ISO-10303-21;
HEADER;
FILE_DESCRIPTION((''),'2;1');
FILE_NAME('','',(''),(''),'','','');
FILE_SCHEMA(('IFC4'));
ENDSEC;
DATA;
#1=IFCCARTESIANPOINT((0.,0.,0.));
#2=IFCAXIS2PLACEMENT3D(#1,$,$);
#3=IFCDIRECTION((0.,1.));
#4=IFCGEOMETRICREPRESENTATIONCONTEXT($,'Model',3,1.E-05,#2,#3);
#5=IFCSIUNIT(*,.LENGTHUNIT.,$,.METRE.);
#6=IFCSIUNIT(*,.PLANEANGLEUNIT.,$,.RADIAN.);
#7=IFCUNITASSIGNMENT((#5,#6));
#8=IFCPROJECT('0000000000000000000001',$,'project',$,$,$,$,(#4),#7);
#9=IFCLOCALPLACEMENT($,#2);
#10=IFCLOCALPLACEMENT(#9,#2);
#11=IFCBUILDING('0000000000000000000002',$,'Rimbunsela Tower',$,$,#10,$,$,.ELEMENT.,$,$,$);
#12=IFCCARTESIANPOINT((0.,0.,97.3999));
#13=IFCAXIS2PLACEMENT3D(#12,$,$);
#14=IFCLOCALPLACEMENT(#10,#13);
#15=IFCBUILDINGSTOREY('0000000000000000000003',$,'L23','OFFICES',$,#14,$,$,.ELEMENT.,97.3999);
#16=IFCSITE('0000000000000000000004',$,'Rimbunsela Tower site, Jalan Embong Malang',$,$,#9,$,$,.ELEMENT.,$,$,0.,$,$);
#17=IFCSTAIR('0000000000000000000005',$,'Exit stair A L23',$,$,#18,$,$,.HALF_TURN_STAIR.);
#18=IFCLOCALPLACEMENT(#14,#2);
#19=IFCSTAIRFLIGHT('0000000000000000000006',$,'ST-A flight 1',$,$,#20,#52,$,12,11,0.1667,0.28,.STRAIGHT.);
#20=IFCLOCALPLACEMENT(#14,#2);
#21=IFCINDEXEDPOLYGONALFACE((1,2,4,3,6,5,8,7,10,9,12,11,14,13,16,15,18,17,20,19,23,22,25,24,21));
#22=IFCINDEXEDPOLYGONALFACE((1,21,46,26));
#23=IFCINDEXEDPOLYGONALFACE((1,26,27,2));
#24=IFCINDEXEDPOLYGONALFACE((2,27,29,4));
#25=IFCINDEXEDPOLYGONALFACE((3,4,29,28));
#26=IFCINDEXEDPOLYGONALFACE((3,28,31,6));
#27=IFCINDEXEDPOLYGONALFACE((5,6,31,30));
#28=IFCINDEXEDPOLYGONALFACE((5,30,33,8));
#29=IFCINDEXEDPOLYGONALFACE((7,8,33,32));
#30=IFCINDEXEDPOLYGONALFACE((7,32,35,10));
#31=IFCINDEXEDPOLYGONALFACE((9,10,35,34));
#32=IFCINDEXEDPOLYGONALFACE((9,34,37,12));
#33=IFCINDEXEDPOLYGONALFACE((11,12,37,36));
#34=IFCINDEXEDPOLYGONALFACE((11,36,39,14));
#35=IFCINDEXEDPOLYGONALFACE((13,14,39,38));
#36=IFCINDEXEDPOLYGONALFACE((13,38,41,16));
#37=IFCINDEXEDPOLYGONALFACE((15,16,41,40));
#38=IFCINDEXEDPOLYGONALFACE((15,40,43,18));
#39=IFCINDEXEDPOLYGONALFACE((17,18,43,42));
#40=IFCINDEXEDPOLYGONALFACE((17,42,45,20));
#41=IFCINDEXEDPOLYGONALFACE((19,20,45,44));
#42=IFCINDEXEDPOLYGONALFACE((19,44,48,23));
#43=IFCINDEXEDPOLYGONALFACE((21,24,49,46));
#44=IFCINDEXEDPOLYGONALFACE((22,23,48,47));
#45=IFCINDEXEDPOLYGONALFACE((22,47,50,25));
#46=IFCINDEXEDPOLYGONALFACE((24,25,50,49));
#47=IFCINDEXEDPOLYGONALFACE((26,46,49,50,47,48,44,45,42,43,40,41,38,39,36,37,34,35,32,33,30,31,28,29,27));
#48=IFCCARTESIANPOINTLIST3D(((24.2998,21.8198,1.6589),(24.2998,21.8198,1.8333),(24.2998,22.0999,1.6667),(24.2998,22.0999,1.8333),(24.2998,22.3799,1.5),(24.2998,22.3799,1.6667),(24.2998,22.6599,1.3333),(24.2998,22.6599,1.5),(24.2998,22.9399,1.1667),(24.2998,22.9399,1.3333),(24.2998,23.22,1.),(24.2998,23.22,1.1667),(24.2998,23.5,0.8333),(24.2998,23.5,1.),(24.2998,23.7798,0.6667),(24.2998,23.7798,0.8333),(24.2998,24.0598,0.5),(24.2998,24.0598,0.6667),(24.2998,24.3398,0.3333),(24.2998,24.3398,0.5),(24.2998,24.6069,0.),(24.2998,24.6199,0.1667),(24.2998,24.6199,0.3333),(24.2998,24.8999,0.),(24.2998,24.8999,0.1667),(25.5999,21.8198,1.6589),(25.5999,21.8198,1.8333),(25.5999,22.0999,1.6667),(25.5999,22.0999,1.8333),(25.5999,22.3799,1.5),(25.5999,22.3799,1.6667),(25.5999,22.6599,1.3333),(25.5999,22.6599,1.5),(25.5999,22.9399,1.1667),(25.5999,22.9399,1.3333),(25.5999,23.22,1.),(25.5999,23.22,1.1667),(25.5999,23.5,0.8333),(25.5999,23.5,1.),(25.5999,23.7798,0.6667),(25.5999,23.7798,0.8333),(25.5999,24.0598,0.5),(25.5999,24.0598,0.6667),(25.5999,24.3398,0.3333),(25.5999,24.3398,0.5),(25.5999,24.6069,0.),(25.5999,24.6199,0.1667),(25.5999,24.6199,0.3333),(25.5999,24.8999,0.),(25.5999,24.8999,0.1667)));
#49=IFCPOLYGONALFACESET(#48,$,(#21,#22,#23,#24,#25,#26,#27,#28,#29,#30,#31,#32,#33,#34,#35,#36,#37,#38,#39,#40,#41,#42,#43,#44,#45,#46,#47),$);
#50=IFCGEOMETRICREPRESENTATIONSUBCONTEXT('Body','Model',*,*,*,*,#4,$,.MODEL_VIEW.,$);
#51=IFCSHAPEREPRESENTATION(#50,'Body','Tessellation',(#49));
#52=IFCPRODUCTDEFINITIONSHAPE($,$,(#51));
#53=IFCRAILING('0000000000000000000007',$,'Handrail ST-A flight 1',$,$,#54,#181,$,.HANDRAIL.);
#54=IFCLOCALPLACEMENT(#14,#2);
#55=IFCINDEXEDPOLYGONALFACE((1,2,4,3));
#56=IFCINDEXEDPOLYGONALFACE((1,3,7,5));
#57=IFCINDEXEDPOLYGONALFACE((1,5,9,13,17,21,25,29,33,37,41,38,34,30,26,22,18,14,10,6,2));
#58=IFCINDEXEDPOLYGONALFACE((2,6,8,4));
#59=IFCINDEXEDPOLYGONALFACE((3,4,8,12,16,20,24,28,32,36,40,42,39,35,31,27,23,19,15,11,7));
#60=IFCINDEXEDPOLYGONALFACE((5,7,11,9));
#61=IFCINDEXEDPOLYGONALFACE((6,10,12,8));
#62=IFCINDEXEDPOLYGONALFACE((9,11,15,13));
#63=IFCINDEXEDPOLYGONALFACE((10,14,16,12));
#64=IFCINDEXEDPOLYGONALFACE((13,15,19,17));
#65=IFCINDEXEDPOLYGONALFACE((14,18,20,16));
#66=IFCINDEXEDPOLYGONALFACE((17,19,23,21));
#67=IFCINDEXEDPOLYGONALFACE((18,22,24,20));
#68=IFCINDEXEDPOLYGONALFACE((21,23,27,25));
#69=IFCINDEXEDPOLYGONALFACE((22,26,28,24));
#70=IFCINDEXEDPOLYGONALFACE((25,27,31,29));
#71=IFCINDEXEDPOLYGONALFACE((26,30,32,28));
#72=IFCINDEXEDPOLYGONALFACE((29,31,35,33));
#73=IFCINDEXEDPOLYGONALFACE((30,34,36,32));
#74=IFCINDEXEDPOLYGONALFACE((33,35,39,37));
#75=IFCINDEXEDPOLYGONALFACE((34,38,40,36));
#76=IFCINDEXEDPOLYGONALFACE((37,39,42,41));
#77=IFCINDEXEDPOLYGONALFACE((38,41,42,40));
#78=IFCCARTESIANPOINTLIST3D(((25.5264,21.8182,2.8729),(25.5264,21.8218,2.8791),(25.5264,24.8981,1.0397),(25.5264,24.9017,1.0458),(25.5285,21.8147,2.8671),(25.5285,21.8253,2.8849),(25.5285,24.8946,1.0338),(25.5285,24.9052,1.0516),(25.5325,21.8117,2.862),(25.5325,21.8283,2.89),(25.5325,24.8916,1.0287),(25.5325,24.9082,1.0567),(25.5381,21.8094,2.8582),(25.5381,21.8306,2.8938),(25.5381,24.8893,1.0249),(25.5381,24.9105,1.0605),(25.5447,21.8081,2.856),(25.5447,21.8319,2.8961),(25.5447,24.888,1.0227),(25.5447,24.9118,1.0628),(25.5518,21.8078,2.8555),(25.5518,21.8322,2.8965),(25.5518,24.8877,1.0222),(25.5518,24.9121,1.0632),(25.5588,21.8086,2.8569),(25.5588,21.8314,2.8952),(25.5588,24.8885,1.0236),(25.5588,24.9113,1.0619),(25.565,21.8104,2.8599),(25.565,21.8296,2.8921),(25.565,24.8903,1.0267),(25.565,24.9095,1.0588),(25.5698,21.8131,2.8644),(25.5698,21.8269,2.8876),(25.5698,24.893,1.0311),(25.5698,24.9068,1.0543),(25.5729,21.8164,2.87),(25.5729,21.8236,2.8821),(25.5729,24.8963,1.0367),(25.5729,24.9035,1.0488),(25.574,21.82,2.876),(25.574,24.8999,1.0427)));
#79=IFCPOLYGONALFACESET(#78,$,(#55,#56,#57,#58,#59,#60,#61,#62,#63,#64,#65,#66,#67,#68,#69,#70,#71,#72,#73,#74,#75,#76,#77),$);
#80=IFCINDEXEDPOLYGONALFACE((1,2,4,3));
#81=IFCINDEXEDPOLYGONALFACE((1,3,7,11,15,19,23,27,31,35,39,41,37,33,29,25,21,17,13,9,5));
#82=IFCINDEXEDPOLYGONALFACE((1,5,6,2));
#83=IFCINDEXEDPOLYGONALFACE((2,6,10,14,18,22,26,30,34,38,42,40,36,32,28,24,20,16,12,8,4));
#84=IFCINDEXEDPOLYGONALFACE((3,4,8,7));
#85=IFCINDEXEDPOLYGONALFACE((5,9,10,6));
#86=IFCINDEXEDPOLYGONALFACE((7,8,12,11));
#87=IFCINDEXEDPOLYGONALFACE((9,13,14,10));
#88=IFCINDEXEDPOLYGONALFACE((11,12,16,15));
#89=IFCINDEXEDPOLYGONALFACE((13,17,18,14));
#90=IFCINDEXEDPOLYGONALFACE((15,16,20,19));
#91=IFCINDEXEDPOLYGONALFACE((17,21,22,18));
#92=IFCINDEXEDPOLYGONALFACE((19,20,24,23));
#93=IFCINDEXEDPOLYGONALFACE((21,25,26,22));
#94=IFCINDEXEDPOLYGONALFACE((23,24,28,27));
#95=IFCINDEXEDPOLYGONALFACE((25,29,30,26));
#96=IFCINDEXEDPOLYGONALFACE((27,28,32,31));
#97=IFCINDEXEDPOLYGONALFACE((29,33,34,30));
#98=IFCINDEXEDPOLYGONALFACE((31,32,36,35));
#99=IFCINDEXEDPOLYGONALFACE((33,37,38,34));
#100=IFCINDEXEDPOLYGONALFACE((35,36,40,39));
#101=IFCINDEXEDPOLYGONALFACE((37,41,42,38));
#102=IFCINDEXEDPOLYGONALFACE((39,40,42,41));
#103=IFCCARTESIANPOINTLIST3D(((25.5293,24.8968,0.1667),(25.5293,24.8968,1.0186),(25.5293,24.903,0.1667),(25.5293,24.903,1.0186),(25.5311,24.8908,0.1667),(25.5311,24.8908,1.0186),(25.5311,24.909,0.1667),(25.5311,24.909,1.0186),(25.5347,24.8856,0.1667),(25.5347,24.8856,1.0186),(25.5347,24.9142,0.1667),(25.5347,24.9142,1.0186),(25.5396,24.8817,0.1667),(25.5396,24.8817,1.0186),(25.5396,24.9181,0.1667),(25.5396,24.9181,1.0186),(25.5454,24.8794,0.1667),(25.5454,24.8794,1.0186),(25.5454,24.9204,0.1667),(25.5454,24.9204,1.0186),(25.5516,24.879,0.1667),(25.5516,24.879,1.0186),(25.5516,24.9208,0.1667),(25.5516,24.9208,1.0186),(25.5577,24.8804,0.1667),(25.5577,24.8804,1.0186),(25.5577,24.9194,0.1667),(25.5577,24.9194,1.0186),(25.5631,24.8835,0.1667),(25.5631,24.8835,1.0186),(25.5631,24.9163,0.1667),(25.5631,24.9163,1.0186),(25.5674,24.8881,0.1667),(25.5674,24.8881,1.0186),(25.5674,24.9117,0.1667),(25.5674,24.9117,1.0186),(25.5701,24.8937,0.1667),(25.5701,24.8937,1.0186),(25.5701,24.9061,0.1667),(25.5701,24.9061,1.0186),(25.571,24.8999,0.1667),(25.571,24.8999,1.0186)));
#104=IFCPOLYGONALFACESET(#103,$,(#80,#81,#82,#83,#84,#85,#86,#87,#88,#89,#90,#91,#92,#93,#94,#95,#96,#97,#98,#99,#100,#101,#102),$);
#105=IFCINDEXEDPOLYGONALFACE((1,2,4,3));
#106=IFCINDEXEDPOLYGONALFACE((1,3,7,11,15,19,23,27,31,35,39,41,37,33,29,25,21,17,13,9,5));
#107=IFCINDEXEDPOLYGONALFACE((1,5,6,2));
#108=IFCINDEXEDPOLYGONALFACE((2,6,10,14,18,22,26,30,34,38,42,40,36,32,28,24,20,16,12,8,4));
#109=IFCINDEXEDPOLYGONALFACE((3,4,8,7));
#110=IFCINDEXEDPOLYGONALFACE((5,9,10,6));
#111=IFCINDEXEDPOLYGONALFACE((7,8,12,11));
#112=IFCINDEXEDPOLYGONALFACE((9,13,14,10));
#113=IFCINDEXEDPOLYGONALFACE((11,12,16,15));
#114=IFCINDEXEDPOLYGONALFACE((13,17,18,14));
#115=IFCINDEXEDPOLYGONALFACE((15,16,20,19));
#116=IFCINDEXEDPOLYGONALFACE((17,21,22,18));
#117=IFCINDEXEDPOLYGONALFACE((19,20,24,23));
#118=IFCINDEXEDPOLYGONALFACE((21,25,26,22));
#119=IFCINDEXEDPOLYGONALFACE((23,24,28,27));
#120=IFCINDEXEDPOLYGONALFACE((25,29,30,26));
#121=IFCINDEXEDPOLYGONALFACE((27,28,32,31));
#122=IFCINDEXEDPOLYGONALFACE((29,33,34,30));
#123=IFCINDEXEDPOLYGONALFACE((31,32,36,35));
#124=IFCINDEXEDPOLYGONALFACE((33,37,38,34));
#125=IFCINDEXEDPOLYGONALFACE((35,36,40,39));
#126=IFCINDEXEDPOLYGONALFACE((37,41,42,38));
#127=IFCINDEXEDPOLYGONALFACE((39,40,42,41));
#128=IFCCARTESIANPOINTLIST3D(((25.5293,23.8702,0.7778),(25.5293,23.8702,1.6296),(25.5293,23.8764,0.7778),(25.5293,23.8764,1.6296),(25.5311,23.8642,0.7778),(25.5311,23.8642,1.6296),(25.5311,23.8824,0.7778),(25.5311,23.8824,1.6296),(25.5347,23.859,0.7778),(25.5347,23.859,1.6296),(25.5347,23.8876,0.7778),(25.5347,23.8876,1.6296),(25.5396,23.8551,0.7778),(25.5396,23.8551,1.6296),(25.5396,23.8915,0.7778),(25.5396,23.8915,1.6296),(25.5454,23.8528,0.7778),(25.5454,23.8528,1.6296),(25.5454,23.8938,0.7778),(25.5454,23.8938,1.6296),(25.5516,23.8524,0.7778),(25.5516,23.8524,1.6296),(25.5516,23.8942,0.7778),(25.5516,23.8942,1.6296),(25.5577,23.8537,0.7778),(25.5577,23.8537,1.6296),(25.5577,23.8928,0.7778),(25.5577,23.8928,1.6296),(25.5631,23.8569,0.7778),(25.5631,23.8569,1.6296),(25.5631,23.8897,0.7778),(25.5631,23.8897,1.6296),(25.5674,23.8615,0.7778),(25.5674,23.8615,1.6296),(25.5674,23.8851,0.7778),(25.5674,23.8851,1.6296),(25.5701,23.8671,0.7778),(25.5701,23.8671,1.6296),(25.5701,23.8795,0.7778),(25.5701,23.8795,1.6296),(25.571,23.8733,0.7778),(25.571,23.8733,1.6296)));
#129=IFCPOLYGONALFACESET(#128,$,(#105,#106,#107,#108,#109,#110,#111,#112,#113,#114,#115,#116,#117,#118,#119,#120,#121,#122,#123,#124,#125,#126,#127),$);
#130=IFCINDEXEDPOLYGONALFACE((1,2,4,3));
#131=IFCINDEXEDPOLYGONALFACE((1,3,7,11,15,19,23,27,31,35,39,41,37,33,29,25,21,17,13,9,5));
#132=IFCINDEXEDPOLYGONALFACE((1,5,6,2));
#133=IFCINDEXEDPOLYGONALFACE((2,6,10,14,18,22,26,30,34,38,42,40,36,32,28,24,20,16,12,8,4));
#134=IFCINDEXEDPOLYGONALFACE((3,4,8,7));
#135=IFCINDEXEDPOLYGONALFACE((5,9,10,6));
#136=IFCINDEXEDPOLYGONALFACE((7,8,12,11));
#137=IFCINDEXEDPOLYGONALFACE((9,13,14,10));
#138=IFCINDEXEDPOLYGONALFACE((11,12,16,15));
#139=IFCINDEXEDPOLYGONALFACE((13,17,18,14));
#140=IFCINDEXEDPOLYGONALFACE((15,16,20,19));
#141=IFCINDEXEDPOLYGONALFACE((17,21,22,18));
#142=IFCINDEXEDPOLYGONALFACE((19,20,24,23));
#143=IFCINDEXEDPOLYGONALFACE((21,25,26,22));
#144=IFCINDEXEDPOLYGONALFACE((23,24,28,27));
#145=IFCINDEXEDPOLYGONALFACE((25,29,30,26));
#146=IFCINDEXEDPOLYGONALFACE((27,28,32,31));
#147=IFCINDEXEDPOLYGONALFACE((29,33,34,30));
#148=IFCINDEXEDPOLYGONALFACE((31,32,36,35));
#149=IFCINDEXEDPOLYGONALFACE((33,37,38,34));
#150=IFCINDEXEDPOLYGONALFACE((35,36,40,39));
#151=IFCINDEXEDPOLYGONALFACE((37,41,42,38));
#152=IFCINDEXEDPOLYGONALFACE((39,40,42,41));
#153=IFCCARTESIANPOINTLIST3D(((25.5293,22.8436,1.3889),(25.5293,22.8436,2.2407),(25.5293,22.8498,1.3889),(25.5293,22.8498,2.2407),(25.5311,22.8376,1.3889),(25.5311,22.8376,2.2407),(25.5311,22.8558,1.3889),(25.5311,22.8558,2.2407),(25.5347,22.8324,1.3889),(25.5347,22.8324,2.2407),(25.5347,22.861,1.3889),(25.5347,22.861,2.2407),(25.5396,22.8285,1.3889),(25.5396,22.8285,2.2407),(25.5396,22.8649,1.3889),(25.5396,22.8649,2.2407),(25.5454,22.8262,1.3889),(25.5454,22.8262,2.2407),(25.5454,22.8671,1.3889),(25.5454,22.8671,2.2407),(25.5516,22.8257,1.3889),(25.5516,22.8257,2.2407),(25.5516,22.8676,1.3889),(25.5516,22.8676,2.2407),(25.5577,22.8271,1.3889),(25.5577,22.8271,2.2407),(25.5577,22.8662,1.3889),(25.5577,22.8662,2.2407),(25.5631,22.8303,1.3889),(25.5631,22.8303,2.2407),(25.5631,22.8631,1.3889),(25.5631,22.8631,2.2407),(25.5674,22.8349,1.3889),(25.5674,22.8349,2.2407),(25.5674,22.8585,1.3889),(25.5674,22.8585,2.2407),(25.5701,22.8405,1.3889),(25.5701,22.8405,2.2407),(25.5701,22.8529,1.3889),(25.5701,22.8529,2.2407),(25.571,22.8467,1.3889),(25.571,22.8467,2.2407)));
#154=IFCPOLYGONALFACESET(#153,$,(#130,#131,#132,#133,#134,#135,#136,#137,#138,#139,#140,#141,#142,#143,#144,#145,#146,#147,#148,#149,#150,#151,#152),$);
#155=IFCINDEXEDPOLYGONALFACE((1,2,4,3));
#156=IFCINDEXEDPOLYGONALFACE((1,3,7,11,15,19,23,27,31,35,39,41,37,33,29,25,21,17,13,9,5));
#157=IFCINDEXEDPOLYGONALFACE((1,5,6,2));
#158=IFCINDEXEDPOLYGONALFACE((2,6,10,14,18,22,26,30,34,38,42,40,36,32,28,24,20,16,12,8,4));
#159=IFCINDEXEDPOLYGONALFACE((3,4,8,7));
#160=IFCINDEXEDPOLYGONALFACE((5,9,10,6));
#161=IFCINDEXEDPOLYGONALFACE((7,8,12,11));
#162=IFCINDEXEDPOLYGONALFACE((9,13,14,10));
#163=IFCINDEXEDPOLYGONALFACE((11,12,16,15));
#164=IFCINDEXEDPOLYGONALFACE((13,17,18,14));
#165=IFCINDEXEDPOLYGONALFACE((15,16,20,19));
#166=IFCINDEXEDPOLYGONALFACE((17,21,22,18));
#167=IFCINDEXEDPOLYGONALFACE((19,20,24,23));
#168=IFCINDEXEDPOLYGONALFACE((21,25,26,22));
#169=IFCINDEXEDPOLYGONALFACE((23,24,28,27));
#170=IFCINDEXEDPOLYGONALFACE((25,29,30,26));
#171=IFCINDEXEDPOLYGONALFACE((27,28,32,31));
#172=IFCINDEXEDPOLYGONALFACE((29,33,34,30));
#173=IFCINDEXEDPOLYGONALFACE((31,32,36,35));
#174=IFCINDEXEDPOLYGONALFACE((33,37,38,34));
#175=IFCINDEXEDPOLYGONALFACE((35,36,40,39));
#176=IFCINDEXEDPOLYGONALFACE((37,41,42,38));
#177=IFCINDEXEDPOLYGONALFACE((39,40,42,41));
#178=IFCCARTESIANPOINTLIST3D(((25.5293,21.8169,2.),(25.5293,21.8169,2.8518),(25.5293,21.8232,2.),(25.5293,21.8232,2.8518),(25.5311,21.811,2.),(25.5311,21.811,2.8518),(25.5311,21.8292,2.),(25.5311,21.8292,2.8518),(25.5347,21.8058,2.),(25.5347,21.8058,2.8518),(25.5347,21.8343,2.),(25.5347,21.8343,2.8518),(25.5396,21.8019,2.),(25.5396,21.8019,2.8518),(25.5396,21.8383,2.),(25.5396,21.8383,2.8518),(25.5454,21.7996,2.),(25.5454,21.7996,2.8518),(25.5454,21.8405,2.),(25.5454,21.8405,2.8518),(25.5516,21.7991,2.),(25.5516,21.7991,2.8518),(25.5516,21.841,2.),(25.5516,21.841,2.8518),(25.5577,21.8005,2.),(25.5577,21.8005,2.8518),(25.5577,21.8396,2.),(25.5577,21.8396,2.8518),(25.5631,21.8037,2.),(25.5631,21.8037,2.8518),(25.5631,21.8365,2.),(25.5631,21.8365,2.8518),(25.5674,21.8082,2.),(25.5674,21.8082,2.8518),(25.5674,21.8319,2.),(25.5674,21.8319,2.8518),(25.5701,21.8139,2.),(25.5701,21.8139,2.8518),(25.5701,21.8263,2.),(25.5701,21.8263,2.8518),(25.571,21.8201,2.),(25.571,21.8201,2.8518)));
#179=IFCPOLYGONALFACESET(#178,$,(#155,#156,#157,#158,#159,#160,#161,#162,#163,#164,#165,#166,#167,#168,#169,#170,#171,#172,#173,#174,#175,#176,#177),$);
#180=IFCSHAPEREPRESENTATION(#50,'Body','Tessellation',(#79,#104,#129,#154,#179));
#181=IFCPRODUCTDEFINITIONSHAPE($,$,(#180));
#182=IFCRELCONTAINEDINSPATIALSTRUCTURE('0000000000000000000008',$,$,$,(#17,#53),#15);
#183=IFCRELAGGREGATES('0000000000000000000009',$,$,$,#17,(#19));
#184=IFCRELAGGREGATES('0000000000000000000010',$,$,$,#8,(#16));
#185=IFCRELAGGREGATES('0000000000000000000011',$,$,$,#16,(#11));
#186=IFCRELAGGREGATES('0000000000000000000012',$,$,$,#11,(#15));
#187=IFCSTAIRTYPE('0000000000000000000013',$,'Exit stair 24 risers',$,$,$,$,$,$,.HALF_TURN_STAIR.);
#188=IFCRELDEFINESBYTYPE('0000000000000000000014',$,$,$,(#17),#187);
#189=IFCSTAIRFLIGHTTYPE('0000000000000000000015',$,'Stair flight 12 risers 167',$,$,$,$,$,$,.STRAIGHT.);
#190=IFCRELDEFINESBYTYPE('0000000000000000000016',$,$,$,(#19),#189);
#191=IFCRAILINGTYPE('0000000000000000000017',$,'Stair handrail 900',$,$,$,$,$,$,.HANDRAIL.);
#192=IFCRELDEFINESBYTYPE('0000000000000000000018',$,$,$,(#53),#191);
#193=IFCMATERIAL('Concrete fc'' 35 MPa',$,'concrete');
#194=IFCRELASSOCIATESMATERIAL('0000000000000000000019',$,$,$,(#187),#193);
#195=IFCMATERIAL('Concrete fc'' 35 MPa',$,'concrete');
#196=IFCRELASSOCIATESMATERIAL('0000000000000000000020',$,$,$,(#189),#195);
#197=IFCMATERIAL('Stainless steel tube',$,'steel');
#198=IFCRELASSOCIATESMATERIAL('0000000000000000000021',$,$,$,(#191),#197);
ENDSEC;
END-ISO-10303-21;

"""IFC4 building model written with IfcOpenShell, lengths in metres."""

from ifc_helpers import new_model, si_unit, direction, frame, origin, origin_2d, place, context, subcontext, project, spatial, polyline, circle, outline, extrude, material, type_object, element, aggregate, save


model = new_model("IFC4")

# Units and contexts
model_context = context("Model", 3, precision=1e-05, world=origin(), true_north=direction((0.0, 1.0)))
body_context = subcontext(model_context, "Body", "Model", "MODEL_VIEW")
ifc_project = project(units=[si_unit("LENGTHUNIT", "METRE"), si_unit("PLANEANGLEUNIT", "RADIAN")], contexts=[model_context])

# Site, building, storey
site_placement = place(None, origin())
site = spatial("IfcSite", under=ifc_project, at=site_placement, Name="Rimbunsela Tower site, Jalan Embong Malang", CompositionType="ELEMENT", RefElevation=0.0)
building_placement = place(site_placement, origin())
building = spatial("IfcBuilding", under=site, at=building_placement, Name="Rimbunsela Tower", CompositionType="ELEMENT")
storey_placement = place(building_placement, frame((0.0, 0.0, 97.3999)))
storey = spatial("IfcBuildingStorey", under=building, at=storey_placement, Name="L23", Description="OFFICES", CompositionType="ELEMENT", Elevation=97.3999)

# Stair, stair flight
ifc_material_1 = material(Name="Concrete fc' 35 MPa", Category="concrete")
stair_type = type_object("IfcStairType", Name="Exit stair 24 risers", PredefinedType="HALF_TURN_STAIR", material=ifc_material_1)
stair_placement = place(storey_placement, origin())
stair = element("IfcStair", 1, at=stair_placement, inside=storey, type_object=stair_type, Name="Exit stair A L23", PredefinedType="HALF_TURN_STAIR")
ifc_material_2 = material(Name="Concrete fc' 35 MPa", Category="concrete")
stair_flight_type = type_object("IfcStairFlightType", Name="Stair flight 12 risers 167", PredefinedType="STRAIGHT", material=ifc_material_2)
stair_flight_placement = place(storey_placement, frame((24.95, 24.8999, 0.0), z_axis=(0.0, 0.0, 1.0), x_axis=(0.0, -1.0, 0.0)))
stair_flight = element("IfcStairFlight", 2, at=stair_flight_placement, type_object=stair_flight_type, Name="ST-A flight 1", NumberOfRisers=12, NumberOfTreads=11, PredefinedType="STRAIGHT", RiserHeight=0.1667, TreadLength=0.28, context=body_context, shape_type="SweptSolid", body=[
    extrude(outline(polyline([(0.0, 0.0), (0.0, 0.1667), (0.28, 0.1667), (0.28, 0.3333), (0.5601, 0.3333), (0.5601, 0.5), (0.8401, 0.5), (0.8401, 0.6667), (1.1201, 0.6667), (1.1201, 0.8333), (1.3999, 0.8333), (1.3999, 1.0), (1.6799, 1.0), (1.6799, 1.1667), (1.96, 1.1667), (1.96, 1.3333), (2.24, 1.3333), (2.24, 1.5), (2.52, 1.5), (2.52, 1.6667), (2.8, 1.6667), (2.8, 1.8333), (3.0801, 1.8333), (3.0801, 2.0), (3.0801, 1.6589), (0.293, 0.0), (0.0, 0.0)])), frame((0.0, 0.6499, 0.0), z_axis=(0.0, -1.0, 0.0), x_axis=(1.0, 0.0, 0.0)), (0.0, 0.0, 1.0), 1.3),
])
aggregate(stair, [stair_flight])

# Railing
ifc_material_3 = material(Name="Stainless steel tube", Category="steel")
railing_type = type_object("IfcRailingType", Name="Stair handrail 900", PredefinedType="HANDRAIL", material=ifc_material_3)
railing_placement = place(storey_placement, frame((25.55, 24.8999, 0.1667)))
element("IfcRailing", 3, at=railing_placement, inside=storey, type_object=railing_type, Name="Handrail ST-A flight 1", PredefinedType="HANDRAIL", context=body_context, shape_type="SweptSolid", body=[
    extrude(circle(Radius=0.0239, at=origin_2d()), frame((0.0, 0.0, 0.876), z_axis=(0.0, -0.859291, 0.511487), x_axis=(1.0, 0.0, 0.0)), (0.0, 0.0, 1.0), 3.5842),
    extrude(circle(Radius=0.021, at=origin_2d()), origin(), (0.0, 0.0, 1.0), 0.8518),
    extrude(circle(Radius=0.021, at=origin_2d()), frame((0.0, -1.0266, 0.6111)), (0.0, 0.0, 1.0), 0.8518),
    extrude(circle(Radius=0.021, at=origin_2d()), frame((0.0, -2.0532, 1.2222)), (0.0, 0.0, 1.0), 0.8518),
    extrude(circle(Radius=0.021, at=origin_2d()), frame((0.0, -3.0798, 1.8333)), (0.0, 0.0, 1.0), 0.8518),
])

save(model, "model.ifc")
